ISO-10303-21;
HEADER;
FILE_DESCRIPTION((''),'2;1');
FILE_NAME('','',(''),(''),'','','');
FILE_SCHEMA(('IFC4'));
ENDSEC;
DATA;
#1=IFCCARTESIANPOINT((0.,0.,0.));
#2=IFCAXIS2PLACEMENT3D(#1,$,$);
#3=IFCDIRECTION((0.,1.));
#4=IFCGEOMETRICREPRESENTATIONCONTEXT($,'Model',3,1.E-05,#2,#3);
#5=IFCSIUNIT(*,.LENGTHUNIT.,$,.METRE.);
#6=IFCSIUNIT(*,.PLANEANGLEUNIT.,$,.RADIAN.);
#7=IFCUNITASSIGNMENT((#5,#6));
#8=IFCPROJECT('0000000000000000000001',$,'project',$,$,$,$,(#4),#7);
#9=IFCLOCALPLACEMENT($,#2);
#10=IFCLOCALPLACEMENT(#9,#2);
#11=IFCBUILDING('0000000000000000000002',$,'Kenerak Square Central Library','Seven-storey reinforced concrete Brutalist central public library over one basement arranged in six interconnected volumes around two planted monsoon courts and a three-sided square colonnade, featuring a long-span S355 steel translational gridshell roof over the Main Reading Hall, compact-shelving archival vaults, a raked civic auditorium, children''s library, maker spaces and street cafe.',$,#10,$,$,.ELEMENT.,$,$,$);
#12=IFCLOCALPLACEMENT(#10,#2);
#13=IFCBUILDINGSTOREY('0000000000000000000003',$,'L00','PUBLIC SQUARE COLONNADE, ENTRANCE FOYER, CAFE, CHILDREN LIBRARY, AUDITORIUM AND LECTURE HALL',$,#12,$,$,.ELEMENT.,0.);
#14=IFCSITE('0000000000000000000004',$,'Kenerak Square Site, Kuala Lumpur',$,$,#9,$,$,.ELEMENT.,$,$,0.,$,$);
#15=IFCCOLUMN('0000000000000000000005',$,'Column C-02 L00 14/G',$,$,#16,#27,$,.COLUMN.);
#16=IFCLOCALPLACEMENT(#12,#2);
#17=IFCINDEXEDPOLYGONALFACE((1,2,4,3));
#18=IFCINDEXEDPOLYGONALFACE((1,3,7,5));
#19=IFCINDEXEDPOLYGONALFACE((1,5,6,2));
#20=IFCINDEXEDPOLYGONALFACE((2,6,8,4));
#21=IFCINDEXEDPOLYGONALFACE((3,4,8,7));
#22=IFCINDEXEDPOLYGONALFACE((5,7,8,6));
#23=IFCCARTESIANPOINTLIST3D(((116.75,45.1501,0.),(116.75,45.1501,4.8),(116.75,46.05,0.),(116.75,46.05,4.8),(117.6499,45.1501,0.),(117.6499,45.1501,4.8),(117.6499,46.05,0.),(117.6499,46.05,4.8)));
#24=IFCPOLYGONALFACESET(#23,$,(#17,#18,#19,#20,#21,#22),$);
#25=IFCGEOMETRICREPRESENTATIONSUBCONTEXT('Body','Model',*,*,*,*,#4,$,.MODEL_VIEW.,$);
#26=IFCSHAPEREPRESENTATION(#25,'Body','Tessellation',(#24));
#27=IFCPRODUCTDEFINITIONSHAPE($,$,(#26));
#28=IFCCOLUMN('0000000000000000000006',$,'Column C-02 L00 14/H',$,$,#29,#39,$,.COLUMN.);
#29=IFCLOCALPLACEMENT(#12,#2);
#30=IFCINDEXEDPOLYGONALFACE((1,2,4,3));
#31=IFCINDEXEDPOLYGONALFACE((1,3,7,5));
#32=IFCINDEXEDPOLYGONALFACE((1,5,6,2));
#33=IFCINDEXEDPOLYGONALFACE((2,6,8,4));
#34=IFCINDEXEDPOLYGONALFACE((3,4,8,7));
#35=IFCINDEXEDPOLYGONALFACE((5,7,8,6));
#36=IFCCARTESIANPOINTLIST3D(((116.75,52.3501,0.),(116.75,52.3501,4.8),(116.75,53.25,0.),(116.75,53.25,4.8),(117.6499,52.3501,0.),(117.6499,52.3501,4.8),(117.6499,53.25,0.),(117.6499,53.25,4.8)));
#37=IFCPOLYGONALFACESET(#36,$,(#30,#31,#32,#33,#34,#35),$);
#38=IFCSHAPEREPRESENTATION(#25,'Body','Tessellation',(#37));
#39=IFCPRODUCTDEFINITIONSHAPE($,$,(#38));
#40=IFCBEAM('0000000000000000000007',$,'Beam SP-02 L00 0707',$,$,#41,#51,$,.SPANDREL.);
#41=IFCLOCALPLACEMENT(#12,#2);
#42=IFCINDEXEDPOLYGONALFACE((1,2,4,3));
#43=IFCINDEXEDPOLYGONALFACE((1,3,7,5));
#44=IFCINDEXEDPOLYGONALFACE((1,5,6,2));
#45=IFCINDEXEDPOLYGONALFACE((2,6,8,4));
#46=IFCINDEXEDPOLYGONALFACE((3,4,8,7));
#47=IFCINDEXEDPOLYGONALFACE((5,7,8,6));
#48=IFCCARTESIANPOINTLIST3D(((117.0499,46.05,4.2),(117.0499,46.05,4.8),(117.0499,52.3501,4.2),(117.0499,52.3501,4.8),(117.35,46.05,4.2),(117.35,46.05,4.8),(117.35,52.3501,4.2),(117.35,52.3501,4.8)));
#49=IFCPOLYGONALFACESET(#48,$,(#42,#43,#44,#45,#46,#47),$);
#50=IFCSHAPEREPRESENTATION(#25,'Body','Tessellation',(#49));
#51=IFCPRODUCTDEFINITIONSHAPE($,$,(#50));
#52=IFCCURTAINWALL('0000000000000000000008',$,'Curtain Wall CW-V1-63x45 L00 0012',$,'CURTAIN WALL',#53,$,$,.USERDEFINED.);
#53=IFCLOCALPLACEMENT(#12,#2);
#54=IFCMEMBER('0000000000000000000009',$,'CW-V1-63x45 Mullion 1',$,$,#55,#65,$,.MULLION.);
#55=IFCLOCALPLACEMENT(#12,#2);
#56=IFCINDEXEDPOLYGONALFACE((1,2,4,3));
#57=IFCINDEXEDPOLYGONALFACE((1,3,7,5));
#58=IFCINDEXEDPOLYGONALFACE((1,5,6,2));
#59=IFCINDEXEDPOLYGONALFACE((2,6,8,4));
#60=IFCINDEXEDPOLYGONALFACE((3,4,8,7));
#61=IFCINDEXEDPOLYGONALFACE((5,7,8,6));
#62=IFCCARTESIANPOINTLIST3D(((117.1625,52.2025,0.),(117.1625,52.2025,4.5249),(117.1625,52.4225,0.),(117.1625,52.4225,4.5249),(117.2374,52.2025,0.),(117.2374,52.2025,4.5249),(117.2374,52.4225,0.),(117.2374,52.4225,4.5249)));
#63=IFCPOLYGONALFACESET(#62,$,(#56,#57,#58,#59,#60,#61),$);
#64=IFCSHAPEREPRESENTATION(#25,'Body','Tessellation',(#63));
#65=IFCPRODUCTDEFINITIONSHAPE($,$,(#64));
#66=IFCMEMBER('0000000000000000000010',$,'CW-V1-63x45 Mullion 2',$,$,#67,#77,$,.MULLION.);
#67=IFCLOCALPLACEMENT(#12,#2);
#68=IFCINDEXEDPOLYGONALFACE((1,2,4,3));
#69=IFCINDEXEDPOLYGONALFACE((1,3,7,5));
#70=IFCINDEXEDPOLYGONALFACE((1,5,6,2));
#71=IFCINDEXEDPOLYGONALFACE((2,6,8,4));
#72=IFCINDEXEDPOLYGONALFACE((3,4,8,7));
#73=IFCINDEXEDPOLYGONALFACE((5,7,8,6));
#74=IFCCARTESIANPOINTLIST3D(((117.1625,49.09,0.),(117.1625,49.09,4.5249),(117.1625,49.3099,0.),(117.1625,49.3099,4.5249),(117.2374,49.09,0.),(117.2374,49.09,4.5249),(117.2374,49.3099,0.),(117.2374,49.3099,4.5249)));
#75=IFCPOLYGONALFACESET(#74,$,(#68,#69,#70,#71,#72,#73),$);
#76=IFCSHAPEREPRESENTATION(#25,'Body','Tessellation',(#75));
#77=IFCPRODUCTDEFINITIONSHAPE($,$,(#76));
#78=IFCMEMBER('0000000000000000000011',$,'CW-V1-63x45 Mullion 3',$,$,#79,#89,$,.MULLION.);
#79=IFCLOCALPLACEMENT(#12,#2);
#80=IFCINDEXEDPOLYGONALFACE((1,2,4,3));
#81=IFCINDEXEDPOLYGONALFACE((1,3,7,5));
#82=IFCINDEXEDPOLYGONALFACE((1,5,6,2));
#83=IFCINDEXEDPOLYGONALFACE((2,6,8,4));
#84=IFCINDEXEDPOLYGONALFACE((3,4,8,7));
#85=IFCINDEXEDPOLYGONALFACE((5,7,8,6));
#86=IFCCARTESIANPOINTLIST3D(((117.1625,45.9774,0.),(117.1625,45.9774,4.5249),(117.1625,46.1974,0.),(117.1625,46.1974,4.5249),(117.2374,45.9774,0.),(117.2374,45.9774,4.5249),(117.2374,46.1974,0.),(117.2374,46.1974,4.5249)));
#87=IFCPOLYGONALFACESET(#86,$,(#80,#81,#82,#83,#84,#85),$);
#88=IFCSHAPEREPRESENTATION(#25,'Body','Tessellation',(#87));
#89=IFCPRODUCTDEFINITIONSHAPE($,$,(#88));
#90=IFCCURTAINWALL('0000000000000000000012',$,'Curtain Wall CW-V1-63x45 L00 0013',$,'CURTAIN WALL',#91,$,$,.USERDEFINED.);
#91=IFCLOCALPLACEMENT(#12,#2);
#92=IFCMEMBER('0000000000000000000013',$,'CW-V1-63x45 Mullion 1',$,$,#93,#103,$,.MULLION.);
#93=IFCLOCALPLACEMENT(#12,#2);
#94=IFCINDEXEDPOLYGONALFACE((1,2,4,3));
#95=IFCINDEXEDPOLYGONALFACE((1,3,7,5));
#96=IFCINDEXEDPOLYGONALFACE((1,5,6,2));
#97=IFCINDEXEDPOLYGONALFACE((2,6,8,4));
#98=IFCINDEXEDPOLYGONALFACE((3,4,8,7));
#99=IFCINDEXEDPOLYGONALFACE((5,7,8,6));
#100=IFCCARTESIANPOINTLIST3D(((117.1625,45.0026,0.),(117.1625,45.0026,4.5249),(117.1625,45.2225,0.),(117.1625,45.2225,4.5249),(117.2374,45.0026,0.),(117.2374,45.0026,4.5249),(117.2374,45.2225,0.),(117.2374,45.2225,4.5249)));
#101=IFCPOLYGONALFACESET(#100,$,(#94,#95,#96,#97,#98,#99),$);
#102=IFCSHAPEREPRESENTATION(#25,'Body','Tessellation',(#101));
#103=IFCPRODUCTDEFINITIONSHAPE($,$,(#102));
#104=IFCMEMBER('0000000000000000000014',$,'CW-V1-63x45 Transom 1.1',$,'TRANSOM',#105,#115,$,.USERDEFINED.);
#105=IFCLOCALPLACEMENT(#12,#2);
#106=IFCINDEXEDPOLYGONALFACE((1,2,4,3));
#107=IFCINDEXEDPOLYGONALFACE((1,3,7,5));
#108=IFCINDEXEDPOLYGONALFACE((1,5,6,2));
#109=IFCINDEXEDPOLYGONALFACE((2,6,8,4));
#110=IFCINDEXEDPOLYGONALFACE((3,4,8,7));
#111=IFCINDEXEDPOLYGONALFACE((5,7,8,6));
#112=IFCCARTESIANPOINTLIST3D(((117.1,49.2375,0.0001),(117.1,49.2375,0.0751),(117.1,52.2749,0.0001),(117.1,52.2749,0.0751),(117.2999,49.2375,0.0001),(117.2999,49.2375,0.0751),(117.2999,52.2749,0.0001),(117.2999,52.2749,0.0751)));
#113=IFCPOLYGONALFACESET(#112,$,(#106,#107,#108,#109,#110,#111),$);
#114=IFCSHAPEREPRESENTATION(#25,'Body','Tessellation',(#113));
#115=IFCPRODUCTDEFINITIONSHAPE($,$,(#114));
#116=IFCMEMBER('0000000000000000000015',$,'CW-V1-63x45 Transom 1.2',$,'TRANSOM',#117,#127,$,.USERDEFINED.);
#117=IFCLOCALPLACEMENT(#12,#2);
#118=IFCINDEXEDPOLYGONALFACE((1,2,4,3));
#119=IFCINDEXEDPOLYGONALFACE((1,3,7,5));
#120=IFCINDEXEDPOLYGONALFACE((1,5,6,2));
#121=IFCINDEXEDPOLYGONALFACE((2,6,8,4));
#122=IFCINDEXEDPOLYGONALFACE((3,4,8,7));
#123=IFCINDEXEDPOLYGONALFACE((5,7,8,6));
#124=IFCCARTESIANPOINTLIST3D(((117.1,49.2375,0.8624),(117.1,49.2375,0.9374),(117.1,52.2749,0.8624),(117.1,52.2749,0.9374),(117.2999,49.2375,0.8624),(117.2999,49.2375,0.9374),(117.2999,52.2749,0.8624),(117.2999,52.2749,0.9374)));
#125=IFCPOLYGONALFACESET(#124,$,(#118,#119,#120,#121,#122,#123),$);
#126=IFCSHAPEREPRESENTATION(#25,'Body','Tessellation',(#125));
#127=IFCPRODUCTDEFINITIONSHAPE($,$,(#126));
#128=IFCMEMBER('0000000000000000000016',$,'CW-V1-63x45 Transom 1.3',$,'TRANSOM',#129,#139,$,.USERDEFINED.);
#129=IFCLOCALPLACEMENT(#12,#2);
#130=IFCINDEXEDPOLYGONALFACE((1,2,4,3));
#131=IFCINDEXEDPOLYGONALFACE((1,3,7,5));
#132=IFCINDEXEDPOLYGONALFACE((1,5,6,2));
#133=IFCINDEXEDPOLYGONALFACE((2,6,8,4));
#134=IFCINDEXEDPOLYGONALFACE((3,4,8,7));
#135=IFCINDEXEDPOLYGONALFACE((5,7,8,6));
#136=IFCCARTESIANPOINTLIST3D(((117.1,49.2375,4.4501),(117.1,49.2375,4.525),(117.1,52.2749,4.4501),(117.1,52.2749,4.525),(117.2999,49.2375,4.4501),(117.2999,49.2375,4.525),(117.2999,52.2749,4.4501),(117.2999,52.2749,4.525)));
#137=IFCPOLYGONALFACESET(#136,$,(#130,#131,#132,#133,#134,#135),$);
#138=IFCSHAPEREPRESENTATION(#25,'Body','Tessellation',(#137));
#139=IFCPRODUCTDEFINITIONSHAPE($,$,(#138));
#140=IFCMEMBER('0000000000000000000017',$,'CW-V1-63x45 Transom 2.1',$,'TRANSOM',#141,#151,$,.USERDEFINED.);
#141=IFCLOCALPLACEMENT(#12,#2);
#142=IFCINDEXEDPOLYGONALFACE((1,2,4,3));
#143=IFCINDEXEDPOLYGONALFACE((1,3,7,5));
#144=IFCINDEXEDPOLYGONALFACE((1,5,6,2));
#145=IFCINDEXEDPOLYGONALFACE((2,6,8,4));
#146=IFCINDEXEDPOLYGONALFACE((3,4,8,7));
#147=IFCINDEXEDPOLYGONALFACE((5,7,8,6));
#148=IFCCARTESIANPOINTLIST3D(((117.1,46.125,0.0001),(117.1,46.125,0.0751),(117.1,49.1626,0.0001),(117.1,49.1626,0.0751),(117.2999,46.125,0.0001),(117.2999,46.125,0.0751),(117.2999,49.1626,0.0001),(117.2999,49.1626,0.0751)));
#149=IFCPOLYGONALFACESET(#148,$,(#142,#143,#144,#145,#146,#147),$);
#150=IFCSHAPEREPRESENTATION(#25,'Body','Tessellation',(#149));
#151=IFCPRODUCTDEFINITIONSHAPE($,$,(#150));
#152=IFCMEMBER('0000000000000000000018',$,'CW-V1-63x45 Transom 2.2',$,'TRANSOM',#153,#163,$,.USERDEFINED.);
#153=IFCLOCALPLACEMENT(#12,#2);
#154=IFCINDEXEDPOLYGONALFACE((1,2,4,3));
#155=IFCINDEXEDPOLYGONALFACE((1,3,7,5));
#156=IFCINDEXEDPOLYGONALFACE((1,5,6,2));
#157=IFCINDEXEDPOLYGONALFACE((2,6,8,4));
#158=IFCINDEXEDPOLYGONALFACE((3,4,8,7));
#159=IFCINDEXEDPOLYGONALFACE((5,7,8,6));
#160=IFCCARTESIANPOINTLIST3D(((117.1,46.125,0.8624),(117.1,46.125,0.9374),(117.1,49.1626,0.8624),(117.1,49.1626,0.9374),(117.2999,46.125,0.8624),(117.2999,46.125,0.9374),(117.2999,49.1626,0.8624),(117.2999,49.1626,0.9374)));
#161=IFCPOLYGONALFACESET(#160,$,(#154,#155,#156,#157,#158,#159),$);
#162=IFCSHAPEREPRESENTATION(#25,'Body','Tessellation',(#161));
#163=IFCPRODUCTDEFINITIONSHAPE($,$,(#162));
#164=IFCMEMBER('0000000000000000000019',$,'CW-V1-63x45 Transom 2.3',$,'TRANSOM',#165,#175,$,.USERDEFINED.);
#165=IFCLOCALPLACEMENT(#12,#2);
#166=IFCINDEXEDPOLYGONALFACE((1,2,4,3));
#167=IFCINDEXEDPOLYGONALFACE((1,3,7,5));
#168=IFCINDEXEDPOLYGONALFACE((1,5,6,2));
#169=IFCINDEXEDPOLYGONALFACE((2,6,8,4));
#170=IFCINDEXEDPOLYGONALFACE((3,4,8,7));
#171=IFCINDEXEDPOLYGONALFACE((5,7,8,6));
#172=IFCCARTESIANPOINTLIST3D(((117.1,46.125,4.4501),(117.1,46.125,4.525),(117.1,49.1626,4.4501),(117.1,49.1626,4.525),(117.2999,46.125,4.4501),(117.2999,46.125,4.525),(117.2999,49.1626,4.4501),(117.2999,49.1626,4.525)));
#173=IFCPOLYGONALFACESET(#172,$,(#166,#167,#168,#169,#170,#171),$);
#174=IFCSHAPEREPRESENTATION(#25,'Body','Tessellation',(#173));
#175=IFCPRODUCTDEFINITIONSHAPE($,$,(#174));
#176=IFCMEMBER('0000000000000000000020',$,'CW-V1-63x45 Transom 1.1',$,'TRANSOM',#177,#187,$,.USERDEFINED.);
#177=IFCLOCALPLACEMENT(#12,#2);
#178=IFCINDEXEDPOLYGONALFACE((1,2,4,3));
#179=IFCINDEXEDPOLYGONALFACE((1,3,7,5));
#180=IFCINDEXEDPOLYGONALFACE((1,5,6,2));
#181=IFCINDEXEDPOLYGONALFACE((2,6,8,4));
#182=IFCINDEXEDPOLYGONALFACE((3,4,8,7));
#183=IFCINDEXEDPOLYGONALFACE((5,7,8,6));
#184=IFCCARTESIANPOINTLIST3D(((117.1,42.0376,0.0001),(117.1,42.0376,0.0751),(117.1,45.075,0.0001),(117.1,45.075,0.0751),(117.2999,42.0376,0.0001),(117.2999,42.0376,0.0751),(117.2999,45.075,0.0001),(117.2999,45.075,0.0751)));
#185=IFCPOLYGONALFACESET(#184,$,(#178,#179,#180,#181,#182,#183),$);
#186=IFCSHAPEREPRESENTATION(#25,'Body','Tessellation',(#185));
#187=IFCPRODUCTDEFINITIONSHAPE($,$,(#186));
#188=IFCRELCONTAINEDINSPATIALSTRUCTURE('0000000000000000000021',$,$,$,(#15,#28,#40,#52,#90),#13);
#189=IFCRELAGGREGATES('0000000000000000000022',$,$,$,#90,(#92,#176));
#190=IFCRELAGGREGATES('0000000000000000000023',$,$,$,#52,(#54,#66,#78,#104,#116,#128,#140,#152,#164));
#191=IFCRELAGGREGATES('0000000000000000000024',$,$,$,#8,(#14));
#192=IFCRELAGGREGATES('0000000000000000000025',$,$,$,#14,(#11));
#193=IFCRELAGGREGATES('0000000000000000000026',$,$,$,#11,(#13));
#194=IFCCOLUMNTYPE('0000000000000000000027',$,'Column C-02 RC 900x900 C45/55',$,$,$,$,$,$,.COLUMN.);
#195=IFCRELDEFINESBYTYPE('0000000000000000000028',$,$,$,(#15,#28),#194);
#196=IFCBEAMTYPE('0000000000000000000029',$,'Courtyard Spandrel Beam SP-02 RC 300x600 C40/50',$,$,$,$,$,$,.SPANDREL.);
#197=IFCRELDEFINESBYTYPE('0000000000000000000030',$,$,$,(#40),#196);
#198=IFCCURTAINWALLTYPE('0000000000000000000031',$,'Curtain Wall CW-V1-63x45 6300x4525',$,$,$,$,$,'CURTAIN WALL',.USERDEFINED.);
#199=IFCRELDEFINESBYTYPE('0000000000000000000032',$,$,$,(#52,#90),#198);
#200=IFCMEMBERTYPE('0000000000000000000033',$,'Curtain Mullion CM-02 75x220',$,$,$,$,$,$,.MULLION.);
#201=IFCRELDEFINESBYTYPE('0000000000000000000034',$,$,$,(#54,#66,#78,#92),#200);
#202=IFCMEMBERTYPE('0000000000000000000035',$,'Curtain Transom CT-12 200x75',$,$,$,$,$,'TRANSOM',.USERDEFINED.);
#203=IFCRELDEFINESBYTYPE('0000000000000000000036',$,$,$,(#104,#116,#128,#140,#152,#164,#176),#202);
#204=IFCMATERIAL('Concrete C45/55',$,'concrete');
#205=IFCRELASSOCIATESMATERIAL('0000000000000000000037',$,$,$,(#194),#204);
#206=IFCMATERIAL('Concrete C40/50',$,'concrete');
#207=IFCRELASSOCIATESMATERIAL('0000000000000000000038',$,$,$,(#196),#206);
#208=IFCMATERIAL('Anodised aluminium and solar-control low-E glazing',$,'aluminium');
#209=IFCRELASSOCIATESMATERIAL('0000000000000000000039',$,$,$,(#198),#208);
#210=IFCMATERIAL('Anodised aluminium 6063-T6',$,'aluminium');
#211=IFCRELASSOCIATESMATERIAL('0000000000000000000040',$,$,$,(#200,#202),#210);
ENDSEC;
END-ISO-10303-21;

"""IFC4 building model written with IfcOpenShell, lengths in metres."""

from ifc_helpers import new_model, si_unit, direction, frame, origin, origin_2d, place, context, subcontext, project, spatial, rectangle, extrude, material, material_profile, profile_set, type_object, element, aggregate, save


model = new_model("IFC4")

# Units and contexts
model_context = context("Model", 3, precision=1e-05, world=origin(), true_north=direction((0.0, 1.0)))
body_context = subcontext(model_context, "Body", "Model", "MODEL_VIEW")
ifc_project = project(units=[si_unit("LENGTHUNIT", "METRE"), si_unit("PLANEANGLEUNIT", "RADIAN")], contexts=[model_context])

# Site, building, storey
site_placement = place(None, origin())
site = spatial("IfcSite", under=ifc_project, at=site_placement, Name="Kenerak Square Site, Kuala Lumpur", CompositionType="ELEMENT", RefElevation=0.0)
building_placement = place(site_placement, origin())
building = spatial("IfcBuilding", under=site, at=building_placement, Name="Kenerak Square Central Library", Description="Seven-storey reinforced concrete Brutalist central public library over one basement arranged in six interconnected volumes around two planted monsoon courts and a three-sided square colonnade, featuring a long-span S355 steel translational gridshell roof over the Main Reading Hall, compact-shelving archival vaults, a raked civic auditorium, children's library, maker spaces and street cafe.", CompositionType="ELEMENT")
storey_placement = place(building_placement, origin())
storey = spatial("IfcBuildingStorey", under=building, at=storey_placement, Name="L00", Description="PUBLIC SQUARE COLONNADE, ENTRANCE FOYER, CAFE, CHILDREN LIBRARY, AUDITORIUM AND LECTURE HALL", CompositionType="ELEMENT", Elevation=0.0)

# Columns
ifc_material_1 = material(Name="Concrete C45/55", Category="concrete")
ifc_material_profile_1 = material_profile(ifc_material_1, rectangle(XDim=0.8999, YDim=0.8999, at=origin_2d()), Name="RC 900x900")
ifc_profile_set_1 = profile_set([ifc_material_profile_1], Name="Concrete C45/55")
column_type = type_object("IfcColumnType", Name="Column C-02 RC 900x900 C45/55", PredefinedType="COLUMN", material=ifc_profile_set_1)
for number, where, z_axis, x_axis, name in (
    (1, (117.2, 45.6001, 0.0), (0.0, 0.0, 1.0), (1.0, 0.0, 0.0), "Column C-02 L00 14/G"),
    (2, (117.2, 52.8, 0.0), (0.0, 0.0, 1.0), (1.0, 0.0, 0.0), "Column C-02 L00 14/H"),
):
    element("IfcColumn", number, at=place(storey_placement, frame(where, z_axis=z_axis, x_axis=x_axis)), inside=storey, type_object=column_type, Name=name, PredefinedType="COLUMN", context=body_context, shape_type="SweptSolid", body=[
        extrude(rectangle(XDim=0.8999, YDim=0.8999, at=origin_2d()), origin(), (0.0, 0.0, 1.0), 4.8),
    ])

# Beam
ifc_material_2 = material(Name="Concrete C40/50", Category="concrete")
ifc_material_profile_2 = material_profile(ifc_material_2, rectangle(XDim=0.3, YDim=0.6001, at=origin_2d()), Name="RC 300x600")
ifc_profile_set_2 = profile_set([ifc_material_profile_2], Name="Concrete C40/50")
beam_type_1 = type_object("IfcBeamType", Name="Courtyard Spandrel Beam SP-02 RC 300x600 C40/50", PredefinedType="SPANDREL", material=ifc_profile_set_2)
beam_1_placement = place(storey_placement, frame((117.2, 46.05, 4.5), z_axis=(0.0, 1.0, 0.0), x_axis=(-1.0, 0.0, 0.0)))
element("IfcBeam", 3, at=beam_1_placement, inside=storey, type_object=beam_type_1, Name="Beam SP-02 L00 0707", PredefinedType="SPANDREL", context=body_context, shape_type="SweptSolid", body=[
    extrude(rectangle(XDim=0.3, YDim=0.6001, at=origin_2d()), origin(), (0.0, 0.0, 1.0), 6.3),
])

# Curtain wall, members
ifc_material_3 = material(Name="Anodised aluminium and solar-control low-E glazing", Category="aluminium")
curtain_wall_type = type_object("IfcCurtainWallType", Name="Curtain Wall CW-V1-63x45 6300x4525", ElementType="CURTAIN WALL", PredefinedType="USERDEFINED", material=ifc_material_3)
curtain_wall_1_placement = place(storey_placement, origin())
curtain_wall_1 = element("IfcCurtainWall", 4, at=curtain_wall_1_placement, inside=storey, type_object=curtain_wall_type, Name="Curtain Wall CW-V1-63x45 L00 0012", ObjectType="CURTAIN WALL", PredefinedType="USERDEFINED")
ifc_material_4 = material(Name="Anodised aluminium 6063-T6", Category="aluminium")
ifc_material_profile_3 = material_profile(ifc_material_4, rectangle(XDim=0.075, YDim=0.22, at=origin_2d()), Name="AL MULLION 75x220")
ifc_profile_set_3 = profile_set([ifc_material_profile_3], Name="Anodised aluminium 6063-T6")
member_type_1 = type_object("IfcMemberType", Name="Curtain Mullion CM-02 75x220", PredefinedType="MULLION", material=ifc_profile_set_3)
member_1_placement = place(storey_placement, frame((117.2, 52.3125, 0.0), z_axis=(0.0, 0.0, 1.0), x_axis=(1.0, 0.0, 0.0)))
member_1 = element("IfcMember", 5, at=member_1_placement, type_object=member_type_1, Name="CW-V1-63x45 Mullion 1", PredefinedType="MULLION", context=body_context, shape_type="SweptSolid", body=[
    extrude(rectangle(XDim=0.075, YDim=0.22, at=origin_2d()), origin(), (0.0, 0.0, 1.0), 4.5249),
])
member_2_placement = place(storey_placement, frame((117.2, 49.2, 0.0), z_axis=(0.0, 0.0, 1.0), x_axis=(1.0, 0.0, 0.0)))
member_2 = element("IfcMember", 6, at=member_2_placement, type_object=member_type_1, Name="CW-V1-63x45 Mullion 2", PredefinedType="MULLION", context=body_context, shape_type="SweptSolid", body=[
    extrude(rectangle(XDim=0.075, YDim=0.22, at=origin_2d()), origin(), (0.0, 0.0, 1.0), 4.5249),
])
member_3_placement = place(storey_placement, frame((117.2, 46.0874, 0.0), z_axis=(0.0, 0.0, 1.0), x_axis=(1.0, 0.0, 0.0)))
member_3 = element("IfcMember", 7, at=member_3_placement, type_object=member_type_1, Name="CW-V1-63x45 Mullion 3", PredefinedType="MULLION", context=body_context, shape_type="SweptSolid", body=[
    extrude(rectangle(XDim=0.075, YDim=0.22, at=origin_2d()), origin(), (0.0, 0.0, 1.0), 4.5249),
])

# Curtain wall, member
curtain_wall_2_placement = place(storey_placement, origin())
curtain_wall_2 = element("IfcCurtainWall", 8, at=curtain_wall_2_placement, inside=storey, type_object=curtain_wall_type, Name="Curtain Wall CW-V1-63x45 L00 0013", ObjectType="CURTAIN WALL", PredefinedType="USERDEFINED")
member_4_placement = place(storey_placement, frame((117.2, 45.1125, 0.0), z_axis=(0.0, 0.0, 1.0), x_axis=(1.0, 0.0, 0.0)))
member_4 = element("IfcMember", 9, at=member_4_placement, type_object=member_type_1, Name="CW-V1-63x45 Mullion 1", PredefinedType="MULLION", context=body_context, shape_type="SweptSolid", body=[
    extrude(rectangle(XDim=0.075, YDim=0.22, at=origin_2d()), origin(), (0.0, 0.0, 1.0), 4.5249),
])

# Members
ifc_material_profile_4 = material_profile(ifc_material_4, rectangle(XDim=0.2, YDim=0.075, at=origin_2d()), Name="AL TRANSOM 200x75")
ifc_profile_set_4 = profile_set([ifc_material_profile_4], Name="Anodised aluminium 6063-T6")
member_type_2 = type_object("IfcMemberType", Name="Curtain Transom CT-12 200x75", ElementType="TRANSOM", PredefinedType="USERDEFINED", material=ifc_profile_set_4)
member_5_placement = place(storey_placement, frame((117.2, 52.2749, 0.0376), z_axis=(0.0, -1.0, 0.0), x_axis=(1.0, 0.0, 0.0)))
member_5 = element("IfcMember", 10, at=member_5_placement, type_object=member_type_2, Name="CW-V1-63x45 Transom 1.1", ObjectType="TRANSOM", PredefinedType="USERDEFINED", context=body_context, shape_type="SweptSolid", body=[
    extrude(rectangle(XDim=0.2, YDim=0.075, at=origin_2d()), origin(), (0.0, 0.0, 1.0), 3.0374),
])
member_6_placement = place(storey_placement, frame((117.2, 52.2749, 0.8999), z_axis=(0.0, -1.0, 0.0), x_axis=(1.0, 0.0, 0.0)))
member_6 = element("IfcMember", 11, at=member_6_placement, type_object=member_type_2, Name="CW-V1-63x45 Transom 1.2", ObjectType="TRANSOM", PredefinedType="USERDEFINED", context=body_context, shape_type="SweptSolid", body=[
    extrude(rectangle(XDim=0.2, YDim=0.075, at=origin_2d()), origin(), (0.0, 0.0, 1.0), 3.0374),
])
member_7_placement = place(storey_placement, frame((117.2, 52.2749, 4.4875), z_axis=(0.0, -1.0, 0.0), x_axis=(1.0, 0.0, 0.0)))
member_7 = element("IfcMember", 12, at=member_7_placement, type_object=member_type_2, Name="CW-V1-63x45 Transom 1.3", ObjectType="TRANSOM", PredefinedType="USERDEFINED", context=body_context, shape_type="SweptSolid", body=[
    extrude(rectangle(XDim=0.2, YDim=0.075, at=origin_2d()), origin(), (0.0, 0.0, 1.0), 3.0374),
])
member_8_placement = place(storey_placement, frame((117.2, 49.1626, 0.0376), z_axis=(0.0, -1.0, 0.0), x_axis=(1.0, 0.0, 0.0)))
member_8 = element("IfcMember", 13, at=member_8_placement, type_object=member_type_2, Name="CW-V1-63x45 Transom 2.1", ObjectType="TRANSOM", PredefinedType="USERDEFINED", context=body_context, shape_type="SweptSolid", body=[
    extrude(rectangle(XDim=0.2, YDim=0.075, at=origin_2d()), origin(), (0.0, 0.0, 1.0), 3.0376),
])
member_9_placement = place(storey_placement, frame((117.2, 49.1626, 0.8999), z_axis=(0.0, -1.0, 0.0), x_axis=(1.0, 0.0, 0.0)))
member_9 = element("IfcMember", 14, at=member_9_placement, type_object=member_type_2, Name="CW-V1-63x45 Transom 2.2", ObjectType="TRANSOM", PredefinedType="USERDEFINED", context=body_context, shape_type="SweptSolid", body=[
    extrude(rectangle(XDim=0.2, YDim=0.075, at=origin_2d()), origin(), (0.0, 0.0, 1.0), 3.0376),
])
member_10_placement = place(storey_placement, frame((117.2, 49.1626, 4.4875), z_axis=(0.0, -1.0, 0.0), x_axis=(1.0, 0.0, 0.0)))
member_10 = element("IfcMember", 15, at=member_10_placement, type_object=member_type_2, Name="CW-V1-63x45 Transom 2.3", ObjectType="TRANSOM", PredefinedType="USERDEFINED", context=body_context, shape_type="SweptSolid", body=[
    extrude(rectangle(XDim=0.2, YDim=0.075, at=origin_2d()), origin(), (0.0, 0.0, 1.0), 3.0376),
])
member_11_placement = place(storey_placement, frame((117.2, 45.075, 0.0376), z_axis=(0.0, -1.0, 0.0), x_axis=(1.0, 0.0, 0.0)))
member_11 = element("IfcMember", 16, at=member_11_placement, type_object=member_type_2, Name="CW-V1-63x45 Transom 1.1", ObjectType="TRANSOM", PredefinedType="USERDEFINED", context=body_context, shape_type="SweptSolid", body=[
    extrude(rectangle(XDim=0.2, YDim=0.075, at=origin_2d()), origin(), (0.0, 0.0, 1.0), 3.0374),
])
aggregate(curtain_wall_2, [member_4, member_11])

aggregate(curtain_wall_1, [member_1, member_2, member_3, member_5, member_6, member_7, member_8, member_9, member_10])

save(model, "model.ifc")
